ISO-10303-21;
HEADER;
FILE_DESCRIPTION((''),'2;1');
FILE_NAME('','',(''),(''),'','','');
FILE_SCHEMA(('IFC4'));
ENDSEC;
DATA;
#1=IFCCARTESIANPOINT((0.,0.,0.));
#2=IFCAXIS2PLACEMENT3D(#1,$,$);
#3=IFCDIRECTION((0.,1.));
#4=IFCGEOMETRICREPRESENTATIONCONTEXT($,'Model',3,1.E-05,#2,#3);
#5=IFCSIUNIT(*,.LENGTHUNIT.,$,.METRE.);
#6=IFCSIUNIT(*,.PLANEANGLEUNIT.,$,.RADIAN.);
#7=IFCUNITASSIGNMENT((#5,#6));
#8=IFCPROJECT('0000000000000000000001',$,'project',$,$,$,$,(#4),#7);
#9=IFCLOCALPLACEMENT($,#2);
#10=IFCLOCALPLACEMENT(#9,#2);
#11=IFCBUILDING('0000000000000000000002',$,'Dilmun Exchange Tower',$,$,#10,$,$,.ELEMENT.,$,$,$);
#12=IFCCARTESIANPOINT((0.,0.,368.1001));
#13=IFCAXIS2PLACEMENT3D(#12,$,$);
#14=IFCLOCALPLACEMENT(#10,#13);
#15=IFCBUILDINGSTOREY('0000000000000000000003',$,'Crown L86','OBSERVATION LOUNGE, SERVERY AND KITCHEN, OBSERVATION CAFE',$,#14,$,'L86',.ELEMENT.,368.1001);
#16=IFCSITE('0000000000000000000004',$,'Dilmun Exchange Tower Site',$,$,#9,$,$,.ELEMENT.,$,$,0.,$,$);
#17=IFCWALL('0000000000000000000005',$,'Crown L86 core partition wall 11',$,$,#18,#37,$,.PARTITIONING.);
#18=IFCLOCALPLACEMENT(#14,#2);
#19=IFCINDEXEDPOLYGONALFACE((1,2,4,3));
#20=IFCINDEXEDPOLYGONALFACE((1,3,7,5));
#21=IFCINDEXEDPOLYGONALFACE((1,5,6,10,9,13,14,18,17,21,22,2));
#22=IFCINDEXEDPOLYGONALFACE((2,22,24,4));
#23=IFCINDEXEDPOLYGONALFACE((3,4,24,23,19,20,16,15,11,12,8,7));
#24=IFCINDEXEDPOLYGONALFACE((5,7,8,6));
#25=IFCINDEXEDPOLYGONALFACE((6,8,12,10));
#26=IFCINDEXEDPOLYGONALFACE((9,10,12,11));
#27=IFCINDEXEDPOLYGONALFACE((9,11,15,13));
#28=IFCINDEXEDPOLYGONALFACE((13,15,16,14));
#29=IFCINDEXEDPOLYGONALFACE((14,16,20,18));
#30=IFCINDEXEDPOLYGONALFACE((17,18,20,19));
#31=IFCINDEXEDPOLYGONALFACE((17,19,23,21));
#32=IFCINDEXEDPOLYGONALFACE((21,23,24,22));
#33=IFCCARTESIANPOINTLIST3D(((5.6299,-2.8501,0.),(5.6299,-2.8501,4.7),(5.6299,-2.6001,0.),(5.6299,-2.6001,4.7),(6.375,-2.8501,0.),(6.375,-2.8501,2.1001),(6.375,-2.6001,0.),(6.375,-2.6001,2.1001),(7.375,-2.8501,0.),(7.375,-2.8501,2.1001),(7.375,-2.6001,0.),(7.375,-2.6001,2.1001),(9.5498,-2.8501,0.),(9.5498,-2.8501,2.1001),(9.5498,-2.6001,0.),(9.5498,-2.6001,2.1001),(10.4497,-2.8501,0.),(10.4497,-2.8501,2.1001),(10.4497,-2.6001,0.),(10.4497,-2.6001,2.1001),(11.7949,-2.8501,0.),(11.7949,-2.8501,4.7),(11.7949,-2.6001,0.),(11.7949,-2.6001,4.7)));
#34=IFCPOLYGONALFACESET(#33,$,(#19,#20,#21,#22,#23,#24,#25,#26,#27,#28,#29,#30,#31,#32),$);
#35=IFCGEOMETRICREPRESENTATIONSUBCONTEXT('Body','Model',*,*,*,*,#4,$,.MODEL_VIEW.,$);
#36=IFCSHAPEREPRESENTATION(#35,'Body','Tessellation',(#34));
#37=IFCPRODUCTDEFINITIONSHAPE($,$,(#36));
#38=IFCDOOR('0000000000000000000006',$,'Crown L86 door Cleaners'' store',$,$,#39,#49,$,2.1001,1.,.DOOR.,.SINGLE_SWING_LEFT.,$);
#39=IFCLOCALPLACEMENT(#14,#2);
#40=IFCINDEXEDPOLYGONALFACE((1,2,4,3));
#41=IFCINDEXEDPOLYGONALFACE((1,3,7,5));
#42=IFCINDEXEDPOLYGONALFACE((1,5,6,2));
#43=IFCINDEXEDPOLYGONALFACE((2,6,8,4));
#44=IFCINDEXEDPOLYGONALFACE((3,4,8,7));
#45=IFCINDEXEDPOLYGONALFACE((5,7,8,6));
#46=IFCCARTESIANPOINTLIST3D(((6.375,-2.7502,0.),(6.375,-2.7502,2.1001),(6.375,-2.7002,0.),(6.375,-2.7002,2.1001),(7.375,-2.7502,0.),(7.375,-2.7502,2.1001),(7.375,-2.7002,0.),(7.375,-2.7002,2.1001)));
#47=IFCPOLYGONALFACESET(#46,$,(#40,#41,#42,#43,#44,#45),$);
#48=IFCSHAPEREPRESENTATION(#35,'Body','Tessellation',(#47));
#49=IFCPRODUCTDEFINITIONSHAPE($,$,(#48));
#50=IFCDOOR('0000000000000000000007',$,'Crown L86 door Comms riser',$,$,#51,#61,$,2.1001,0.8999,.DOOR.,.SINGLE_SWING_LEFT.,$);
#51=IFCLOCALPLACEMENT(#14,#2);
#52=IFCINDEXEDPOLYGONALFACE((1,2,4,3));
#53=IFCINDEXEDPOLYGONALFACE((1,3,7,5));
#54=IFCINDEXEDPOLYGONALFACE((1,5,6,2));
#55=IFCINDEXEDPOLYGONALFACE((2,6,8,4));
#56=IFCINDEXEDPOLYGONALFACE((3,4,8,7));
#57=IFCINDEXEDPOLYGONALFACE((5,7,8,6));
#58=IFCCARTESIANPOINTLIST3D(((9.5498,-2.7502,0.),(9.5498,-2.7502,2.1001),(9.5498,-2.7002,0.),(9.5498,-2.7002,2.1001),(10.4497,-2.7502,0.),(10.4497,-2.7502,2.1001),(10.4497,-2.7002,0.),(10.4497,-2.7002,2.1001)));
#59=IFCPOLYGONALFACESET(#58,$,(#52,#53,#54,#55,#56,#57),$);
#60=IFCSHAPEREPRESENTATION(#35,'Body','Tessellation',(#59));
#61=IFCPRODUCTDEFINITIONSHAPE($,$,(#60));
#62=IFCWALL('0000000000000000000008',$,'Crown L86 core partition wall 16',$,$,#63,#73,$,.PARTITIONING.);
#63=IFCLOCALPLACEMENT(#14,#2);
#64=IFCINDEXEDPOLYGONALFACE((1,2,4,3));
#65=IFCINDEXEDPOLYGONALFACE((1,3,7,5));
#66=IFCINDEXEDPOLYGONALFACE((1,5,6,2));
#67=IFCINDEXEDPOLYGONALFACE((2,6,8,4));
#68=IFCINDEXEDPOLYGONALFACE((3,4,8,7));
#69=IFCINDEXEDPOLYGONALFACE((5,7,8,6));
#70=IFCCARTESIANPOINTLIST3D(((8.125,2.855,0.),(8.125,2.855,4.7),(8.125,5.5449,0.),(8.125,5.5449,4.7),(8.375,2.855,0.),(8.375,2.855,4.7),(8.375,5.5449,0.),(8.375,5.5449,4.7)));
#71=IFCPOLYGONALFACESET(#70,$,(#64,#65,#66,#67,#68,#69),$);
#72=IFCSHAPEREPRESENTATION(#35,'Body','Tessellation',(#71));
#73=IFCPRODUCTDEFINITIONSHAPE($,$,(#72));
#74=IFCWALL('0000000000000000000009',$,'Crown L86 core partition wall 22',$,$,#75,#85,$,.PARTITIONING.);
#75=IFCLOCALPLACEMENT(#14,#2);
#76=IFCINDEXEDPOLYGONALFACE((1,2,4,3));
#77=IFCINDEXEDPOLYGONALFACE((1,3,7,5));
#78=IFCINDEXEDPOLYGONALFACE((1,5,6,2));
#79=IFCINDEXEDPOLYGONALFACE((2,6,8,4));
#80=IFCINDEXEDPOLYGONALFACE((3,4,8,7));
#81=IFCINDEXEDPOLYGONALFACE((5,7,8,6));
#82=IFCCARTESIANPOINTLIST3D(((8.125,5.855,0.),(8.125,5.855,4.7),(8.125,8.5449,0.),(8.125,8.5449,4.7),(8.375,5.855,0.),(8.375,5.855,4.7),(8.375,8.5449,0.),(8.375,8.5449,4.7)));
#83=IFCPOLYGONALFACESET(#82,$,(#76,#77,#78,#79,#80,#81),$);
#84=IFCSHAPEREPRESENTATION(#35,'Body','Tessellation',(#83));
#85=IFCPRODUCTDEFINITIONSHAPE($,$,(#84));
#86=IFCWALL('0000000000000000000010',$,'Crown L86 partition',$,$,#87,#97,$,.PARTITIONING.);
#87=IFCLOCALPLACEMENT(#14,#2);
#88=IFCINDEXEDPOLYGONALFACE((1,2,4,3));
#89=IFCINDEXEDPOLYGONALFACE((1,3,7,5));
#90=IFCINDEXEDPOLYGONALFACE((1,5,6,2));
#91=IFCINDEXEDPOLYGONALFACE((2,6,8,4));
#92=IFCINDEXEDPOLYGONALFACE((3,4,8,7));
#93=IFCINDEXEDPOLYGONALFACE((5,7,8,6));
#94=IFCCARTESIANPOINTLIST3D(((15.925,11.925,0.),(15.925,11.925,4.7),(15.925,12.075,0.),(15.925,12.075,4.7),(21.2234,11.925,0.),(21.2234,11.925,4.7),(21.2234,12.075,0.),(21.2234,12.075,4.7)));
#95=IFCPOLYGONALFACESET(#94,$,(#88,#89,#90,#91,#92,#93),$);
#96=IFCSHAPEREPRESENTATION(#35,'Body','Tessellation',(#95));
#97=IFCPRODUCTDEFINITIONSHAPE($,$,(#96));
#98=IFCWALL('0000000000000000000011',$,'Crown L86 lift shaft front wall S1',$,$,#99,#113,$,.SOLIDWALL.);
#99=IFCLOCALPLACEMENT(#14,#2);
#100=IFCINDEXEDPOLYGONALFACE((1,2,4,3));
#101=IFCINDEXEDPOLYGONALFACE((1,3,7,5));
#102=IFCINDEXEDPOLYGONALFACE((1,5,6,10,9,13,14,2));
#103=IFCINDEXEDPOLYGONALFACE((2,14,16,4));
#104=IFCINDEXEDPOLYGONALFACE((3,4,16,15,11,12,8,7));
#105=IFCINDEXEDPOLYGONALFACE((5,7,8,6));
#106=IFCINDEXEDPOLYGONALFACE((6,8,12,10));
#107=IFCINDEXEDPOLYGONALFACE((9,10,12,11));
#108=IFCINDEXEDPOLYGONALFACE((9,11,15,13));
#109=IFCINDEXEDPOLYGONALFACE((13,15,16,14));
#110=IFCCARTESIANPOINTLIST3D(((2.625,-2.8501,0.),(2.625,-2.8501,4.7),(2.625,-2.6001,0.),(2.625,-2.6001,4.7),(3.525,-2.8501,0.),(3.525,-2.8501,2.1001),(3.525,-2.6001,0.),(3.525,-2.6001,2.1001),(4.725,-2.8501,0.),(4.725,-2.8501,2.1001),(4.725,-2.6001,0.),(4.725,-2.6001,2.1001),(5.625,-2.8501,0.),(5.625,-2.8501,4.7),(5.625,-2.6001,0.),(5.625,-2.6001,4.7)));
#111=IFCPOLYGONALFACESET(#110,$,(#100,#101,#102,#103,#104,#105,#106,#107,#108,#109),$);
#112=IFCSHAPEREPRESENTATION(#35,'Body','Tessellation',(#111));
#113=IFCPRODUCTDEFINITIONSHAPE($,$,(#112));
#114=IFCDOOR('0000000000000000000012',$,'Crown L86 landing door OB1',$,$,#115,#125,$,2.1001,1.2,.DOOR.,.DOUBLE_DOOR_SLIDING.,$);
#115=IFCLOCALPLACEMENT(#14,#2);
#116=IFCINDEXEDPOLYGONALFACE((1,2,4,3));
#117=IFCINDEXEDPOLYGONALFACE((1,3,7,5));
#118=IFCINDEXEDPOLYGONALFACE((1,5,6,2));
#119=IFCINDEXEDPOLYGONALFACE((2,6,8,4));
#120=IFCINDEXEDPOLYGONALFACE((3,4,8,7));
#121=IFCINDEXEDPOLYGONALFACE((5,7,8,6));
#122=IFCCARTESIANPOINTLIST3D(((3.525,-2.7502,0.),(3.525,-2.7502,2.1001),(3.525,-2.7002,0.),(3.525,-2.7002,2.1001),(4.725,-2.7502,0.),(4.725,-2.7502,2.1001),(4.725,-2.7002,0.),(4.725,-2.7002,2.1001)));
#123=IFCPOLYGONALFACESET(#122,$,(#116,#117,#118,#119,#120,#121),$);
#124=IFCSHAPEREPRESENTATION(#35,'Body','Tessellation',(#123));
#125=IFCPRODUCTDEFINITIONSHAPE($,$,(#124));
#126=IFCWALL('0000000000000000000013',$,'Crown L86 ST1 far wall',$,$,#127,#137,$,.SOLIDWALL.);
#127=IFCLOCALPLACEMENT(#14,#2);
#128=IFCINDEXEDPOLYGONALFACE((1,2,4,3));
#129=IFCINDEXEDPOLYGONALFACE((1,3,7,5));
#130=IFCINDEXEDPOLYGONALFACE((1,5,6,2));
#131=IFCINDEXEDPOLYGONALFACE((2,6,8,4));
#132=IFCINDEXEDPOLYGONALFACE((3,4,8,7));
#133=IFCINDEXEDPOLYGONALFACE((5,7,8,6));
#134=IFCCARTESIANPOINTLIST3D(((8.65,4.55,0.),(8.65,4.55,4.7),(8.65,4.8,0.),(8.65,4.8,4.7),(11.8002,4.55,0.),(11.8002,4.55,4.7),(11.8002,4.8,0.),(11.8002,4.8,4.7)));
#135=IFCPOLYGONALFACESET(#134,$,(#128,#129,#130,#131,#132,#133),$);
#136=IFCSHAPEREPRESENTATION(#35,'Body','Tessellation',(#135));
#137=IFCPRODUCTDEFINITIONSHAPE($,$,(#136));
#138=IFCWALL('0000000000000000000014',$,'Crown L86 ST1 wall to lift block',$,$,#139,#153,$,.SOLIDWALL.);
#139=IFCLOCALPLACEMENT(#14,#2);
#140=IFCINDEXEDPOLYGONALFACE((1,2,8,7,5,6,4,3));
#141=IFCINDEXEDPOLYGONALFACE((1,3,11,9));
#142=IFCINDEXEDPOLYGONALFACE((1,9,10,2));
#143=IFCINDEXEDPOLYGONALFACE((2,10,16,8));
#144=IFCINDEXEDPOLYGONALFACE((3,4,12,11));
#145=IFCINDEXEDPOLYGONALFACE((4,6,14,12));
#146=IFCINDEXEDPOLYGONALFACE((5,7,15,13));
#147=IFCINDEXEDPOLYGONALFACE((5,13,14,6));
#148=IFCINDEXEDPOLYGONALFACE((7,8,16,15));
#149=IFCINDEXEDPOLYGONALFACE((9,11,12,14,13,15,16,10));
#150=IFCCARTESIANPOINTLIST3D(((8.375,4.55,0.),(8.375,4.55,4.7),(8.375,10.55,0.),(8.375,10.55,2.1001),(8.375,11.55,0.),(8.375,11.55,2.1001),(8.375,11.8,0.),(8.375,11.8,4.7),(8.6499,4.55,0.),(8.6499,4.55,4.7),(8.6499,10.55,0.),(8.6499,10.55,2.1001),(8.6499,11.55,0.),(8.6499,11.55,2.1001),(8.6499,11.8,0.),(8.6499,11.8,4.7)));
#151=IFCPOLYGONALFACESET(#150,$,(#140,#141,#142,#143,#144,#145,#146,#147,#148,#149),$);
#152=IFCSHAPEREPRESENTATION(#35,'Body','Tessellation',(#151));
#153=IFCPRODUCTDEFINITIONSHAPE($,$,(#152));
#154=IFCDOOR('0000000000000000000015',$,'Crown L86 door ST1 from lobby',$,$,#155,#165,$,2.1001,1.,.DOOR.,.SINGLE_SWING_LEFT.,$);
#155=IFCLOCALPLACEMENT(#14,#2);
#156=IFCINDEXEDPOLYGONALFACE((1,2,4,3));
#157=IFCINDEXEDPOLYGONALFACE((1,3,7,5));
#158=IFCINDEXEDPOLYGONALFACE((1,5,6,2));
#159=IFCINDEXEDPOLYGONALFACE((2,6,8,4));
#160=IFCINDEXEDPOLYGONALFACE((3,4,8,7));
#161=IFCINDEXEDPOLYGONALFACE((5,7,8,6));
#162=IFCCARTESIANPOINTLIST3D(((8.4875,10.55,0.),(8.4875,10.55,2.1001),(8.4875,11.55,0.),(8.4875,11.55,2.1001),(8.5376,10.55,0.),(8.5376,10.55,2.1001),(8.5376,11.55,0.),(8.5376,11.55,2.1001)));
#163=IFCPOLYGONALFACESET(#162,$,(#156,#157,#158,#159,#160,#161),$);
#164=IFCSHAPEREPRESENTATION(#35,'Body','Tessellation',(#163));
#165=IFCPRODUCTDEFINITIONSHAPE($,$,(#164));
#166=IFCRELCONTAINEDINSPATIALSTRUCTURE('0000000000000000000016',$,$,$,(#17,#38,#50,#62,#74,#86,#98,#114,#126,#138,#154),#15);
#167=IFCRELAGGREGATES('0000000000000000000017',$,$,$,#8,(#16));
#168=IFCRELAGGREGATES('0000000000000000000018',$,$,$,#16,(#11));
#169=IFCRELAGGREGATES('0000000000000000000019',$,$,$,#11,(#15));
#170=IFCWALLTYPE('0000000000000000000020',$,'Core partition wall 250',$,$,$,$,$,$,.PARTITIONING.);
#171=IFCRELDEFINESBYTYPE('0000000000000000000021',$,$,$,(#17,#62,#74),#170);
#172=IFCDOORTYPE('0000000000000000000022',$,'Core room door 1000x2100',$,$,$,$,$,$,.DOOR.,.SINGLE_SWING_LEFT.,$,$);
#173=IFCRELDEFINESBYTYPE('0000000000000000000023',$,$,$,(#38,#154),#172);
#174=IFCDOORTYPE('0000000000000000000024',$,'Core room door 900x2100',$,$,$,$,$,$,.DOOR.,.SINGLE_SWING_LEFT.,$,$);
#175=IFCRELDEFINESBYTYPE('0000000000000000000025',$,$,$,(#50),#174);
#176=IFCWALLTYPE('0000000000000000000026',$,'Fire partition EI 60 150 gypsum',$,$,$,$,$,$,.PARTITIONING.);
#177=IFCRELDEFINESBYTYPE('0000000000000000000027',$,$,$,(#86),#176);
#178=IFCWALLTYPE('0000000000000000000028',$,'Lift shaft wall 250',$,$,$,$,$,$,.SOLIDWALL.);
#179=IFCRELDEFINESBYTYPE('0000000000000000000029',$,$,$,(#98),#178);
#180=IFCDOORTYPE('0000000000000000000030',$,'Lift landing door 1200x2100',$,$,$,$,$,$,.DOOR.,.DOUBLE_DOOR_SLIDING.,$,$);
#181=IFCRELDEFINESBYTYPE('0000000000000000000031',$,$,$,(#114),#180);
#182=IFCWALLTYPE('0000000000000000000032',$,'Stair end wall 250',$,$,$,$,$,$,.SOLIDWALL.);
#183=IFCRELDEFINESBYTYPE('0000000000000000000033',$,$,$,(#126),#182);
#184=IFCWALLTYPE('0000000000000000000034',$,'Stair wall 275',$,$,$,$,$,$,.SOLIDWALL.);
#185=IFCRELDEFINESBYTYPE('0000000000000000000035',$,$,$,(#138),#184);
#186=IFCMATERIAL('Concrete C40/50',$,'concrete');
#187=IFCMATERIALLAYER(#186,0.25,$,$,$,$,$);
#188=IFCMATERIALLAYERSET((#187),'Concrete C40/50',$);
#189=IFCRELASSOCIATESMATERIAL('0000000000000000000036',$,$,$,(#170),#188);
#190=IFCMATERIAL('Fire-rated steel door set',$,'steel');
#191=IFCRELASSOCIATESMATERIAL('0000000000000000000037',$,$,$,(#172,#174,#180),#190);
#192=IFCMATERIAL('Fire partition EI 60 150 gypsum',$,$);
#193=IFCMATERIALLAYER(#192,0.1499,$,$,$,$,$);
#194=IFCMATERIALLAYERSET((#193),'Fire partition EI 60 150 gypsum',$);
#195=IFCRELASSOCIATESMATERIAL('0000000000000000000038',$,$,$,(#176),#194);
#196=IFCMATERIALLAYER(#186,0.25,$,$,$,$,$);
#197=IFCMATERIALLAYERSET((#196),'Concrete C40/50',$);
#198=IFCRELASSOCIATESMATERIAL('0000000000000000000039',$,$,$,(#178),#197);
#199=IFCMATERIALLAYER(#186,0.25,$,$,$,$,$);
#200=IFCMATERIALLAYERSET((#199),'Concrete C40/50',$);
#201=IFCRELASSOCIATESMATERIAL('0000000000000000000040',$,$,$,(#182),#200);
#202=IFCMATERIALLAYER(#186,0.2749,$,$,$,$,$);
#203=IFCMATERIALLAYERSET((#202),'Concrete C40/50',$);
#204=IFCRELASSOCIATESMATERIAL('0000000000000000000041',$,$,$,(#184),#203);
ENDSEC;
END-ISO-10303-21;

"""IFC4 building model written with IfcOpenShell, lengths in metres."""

from ifc_helpers import new_model, si_unit, direction, frame, frame_2d, origin, place, context, subcontext, project, spatial, rectangle, extrude, material, layer, layer_set, type_object, element, fill, save


model = new_model("IFC4")

# Units and contexts
model_context = context("Model", 3, precision=1e-05, world=origin(), true_north=direction((0.0, 1.0)))
body_context = subcontext(model_context, "Body", "Model", "MODEL_VIEW")
ifc_project = project(units=[si_unit("LENGTHUNIT", "METRE"), si_unit("PLANEANGLEUNIT", "RADIAN")], contexts=[model_context])

# Site, building, storey
site_placement = place(None, origin())
site = spatial("IfcSite", under=ifc_project, at=site_placement, Name="Dilmun Exchange Tower Site", CompositionType="ELEMENT", RefElevation=0.0)
building_placement = place(site_placement, origin())
building = spatial("IfcBuilding", under=site, at=building_placement, Name="Dilmun Exchange Tower", CompositionType="ELEMENT")
storey_placement = place(building_placement, frame((0.0, 0.0, 368.1001)))
storey = spatial("IfcBuildingStorey", under=building, at=storey_placement, Name="Crown L86", Description="OBSERVATION LOUNGE, SERVERY AND KITCHEN, OBSERVATION CAFE", LongName="L86", CompositionType="ELEMENT", Elevation=368.1001)

# Shared definitions
ifc_material_1 = material(Name="Concrete C40/50", Category="concrete")

# Shared definitions
ifc_material_2 = material(Name="Fire-rated steel door set", Category="steel")

# Wall, openings, doors
ifc_layer_1 = layer(ifc_material_1, 0.25)
ifc_layer_set_1 = layer_set([ifc_layer_1], Name="Concrete C40/50")
wall_type_1 = type_object("IfcWallType", Name="Core partition wall 250", PredefinedType="PARTITIONING", material=ifc_layer_set_1)
wall_1_placement = place(storey_placement, frame((5.6299, -2.7251, 0.0), z_axis=(0.0, 0.0, 1.0), x_axis=(1.0, 0.0, 0.0)))
wall_1 = element("IfcWall", 1, at=wall_1_placement, inside=storey, type_object=wall_type_1, Name="Crown L86 core partition wall 11", PredefinedType="PARTITIONING", context=body_context, shape_type="SweptSolid", body=[
    extrude(rectangle(XDim=6.165, YDim=0.25, at=frame_2d((3.0825, 0.0))), origin(), (0.0, 0.0, 1.0), 4.7),
])
opening_1_placement = place(wall_1_placement, frame((0.7451, 0.0, 0.0)))
opening_1 = element("IfcOpeningElement", 2, at=opening_1_placement, cuts=wall_1, PredefinedType="OPENING", context=body_context, shape_type="SweptSolid", body=[
    extrude(rectangle(XDim=1.0, YDim=2.1001, at=frame_2d((0.5, 1.05))), frame((0.0, 0.135, 0.0), z_axis=(0.0, -1.0, 0.0), x_axis=(1.0, 0.0, 0.0)), (0.0, 0.0, 1.0), 0.27),
])
opening_2_placement = place(wall_1_placement, frame((3.9199, 0.0, 0.0)))
opening_2 = element("IfcOpeningElement", 3, at=opening_2_placement, cuts=wall_1, PredefinedType="OPENING", context=body_context, shape_type="SweptSolid", body=[
    extrude(rectangle(XDim=0.8999, YDim=2.1001, at=frame_2d((0.45, 1.05))), frame((0.0, 0.135, 0.0), z_axis=(0.0, -1.0, 0.0), x_axis=(1.0, 0.0, 0.0)), (0.0, 0.0, 1.0), 0.27),
])
door_type_1 = type_object("IfcDoorType", Name="Core room door 1000x2100", OperationType="SINGLE_SWING_LEFT", PredefinedType="DOOR", material=ifc_material_2)
door_1_placement = place(opening_1_placement, origin())
door_1 = element("IfcDoor", 4, at=door_1_placement, inside=storey, type_object=door_type_1, Name="Crown L86 door Cleaners' store", OperationType="SINGLE_SWING_LEFT", OverallHeight=2.1001, OverallWidth=1.0, PredefinedType="DOOR", context=body_context, shape_type="SweptSolid", body=[
    extrude(rectangle(XDim=1.0, YDim=2.1001, at=frame_2d((0.5, 1.05))), frame((0.0, 0.0249, 0.0), z_axis=(0.0, -1.0, 0.0), x_axis=(1.0, 0.0, 0.0)), (0.0, 0.0, 1.0), 0.05),
])
fill(opening_1, door_1)
door_type_2 = type_object("IfcDoorType", Name="Core room door 900x2100", OperationType="SINGLE_SWING_LEFT", PredefinedType="DOOR", material=ifc_material_2)
door_2_placement = place(opening_2_placement, origin())
door_2 = element("IfcDoor", 5, at=door_2_placement, inside=storey, type_object=door_type_2, Name="Crown L86 door Comms riser", OperationType="SINGLE_SWING_LEFT", OverallHeight=2.1001, OverallWidth=0.8999, PredefinedType="DOOR", context=body_context, shape_type="SweptSolid", body=[
    extrude(rectangle(XDim=0.8999, YDim=2.1001, at=frame_2d((0.45, 1.05))), frame((0.0, 0.0249, 0.0), z_axis=(0.0, -1.0, 0.0), x_axis=(1.0, 0.0, 0.0)), (0.0, 0.0, 1.0), 0.05),
])
fill(opening_2, door_2)

# Walls
for number, where, z_axis, x_axis, name in (
    (6, (8.25, 2.855, 0.0), (0.0, 0.0, 1.0), (0.0, 1.0, 0.0), "Crown L86 core partition wall 16"),
    (7, (8.25, 5.855, 0.0), (0.0, 0.0, 1.0), (0.0, 1.0, 0.0), "Crown L86 core partition wall 22"),
):
    element("IfcWall", number, at=place(storey_placement, frame(where, z_axis=z_axis, x_axis=x_axis)), inside=storey, type_object=wall_type_1, Name=name, PredefinedType="PARTITIONING", context=body_context, shape_type="SweptSolid", body=[
        extrude(rectangle(XDim=2.6899, YDim=0.25, at=frame_2d((1.345, 0.0))), origin(), (0.0, 0.0, 1.0), 4.7),
    ])
ifc_material_3 = material(Name="Fire partition EI 60 150 gypsum")
ifc_layer_2 = layer(ifc_material_3, 0.1499)
ifc_layer_set_2 = layer_set([ifc_layer_2], Name="Fire partition EI 60 150 gypsum")
wall_type_2 = type_object("IfcWallType", Name="Fire partition EI 60 150 gypsum", PredefinedType="PARTITIONING", material=ifc_layer_set_2)
wall_2_placement = place(storey_placement, frame((15.925, 12.0, 0.0), z_axis=(0.0, 0.0, 1.0), x_axis=(1.0, 0.0, 0.0)))
element("IfcWall", 8, at=wall_2_placement, inside=storey, type_object=wall_type_2, Name="Crown L86 partition", PredefinedType="PARTITIONING", context=body_context, shape_type="SweptSolid", body=[
    extrude(rectangle(XDim=5.2983, YDim=0.1499, at=frame_2d((2.6492, 0.0))), origin(), (0.0, 0.0, 1.0), 4.7),
])

# Wall, opening, door
ifc_layer_3 = layer(ifc_material_1, 0.25)
ifc_layer_set_3 = layer_set([ifc_layer_3], Name="Concrete C40/50")
wall_type_3 = type_object("IfcWallType", Name="Lift shaft wall 250", PredefinedType="SOLIDWALL", material=ifc_layer_set_3)
wall_3_placement = place(storey_placement, frame((2.625, -2.7251, 0.0), z_axis=(0.0, 0.0, 1.0), x_axis=(1.0, 0.0, 0.0)))
wall_3 = element("IfcWall", 9, at=wall_3_placement, inside=storey, type_object=wall_type_3, Name="Crown L86 lift shaft front wall S1", PredefinedType="SOLIDWALL", context=body_context, shape_type="SweptSolid", body=[
    extrude(rectangle(XDim=3.0, YDim=0.25, at=frame_2d((1.5, 0.0))), origin(), (0.0, 0.0, 1.0), 4.7),
])
opening_3_placement = place(wall_3_placement, frame((0.8999, 0.0, 0.0)))
opening_3 = element("IfcOpeningElement", 10, at=opening_3_placement, cuts=wall_3, PredefinedType="OPENING", context=body_context, shape_type="SweptSolid", body=[
    extrude(rectangle(XDim=1.2, YDim=2.1001, at=frame_2d((0.6001, 1.05))), frame((0.0, 0.135, 0.0), z_axis=(0.0, -1.0, 0.0), x_axis=(1.0, 0.0, 0.0)), (0.0, 0.0, 1.0), 0.27),
])
door_type_3 = type_object("IfcDoorType", Name="Lift landing door 1200x2100", OperationType="DOUBLE_DOOR_SLIDING", PredefinedType="DOOR", material=ifc_material_2)
door_3_placement = place(opening_3_placement, origin())
door_3 = element("IfcDoor", 11, at=door_3_placement, inside=storey, type_object=door_type_3, Name="Crown L86 landing door OB1", OperationType="DOUBLE_DOOR_SLIDING", OverallHeight=2.1001, OverallWidth=1.2, PredefinedType="DOOR", context=body_context, shape_type="SweptSolid", body=[
    extrude(rectangle(XDim=1.2, YDim=2.1001, at=frame_2d((0.6001, 1.05))), frame((0.0, 0.0249, 0.0), z_axis=(0.0, -1.0, 0.0), x_axis=(1.0, 0.0, 0.0)), (0.0, 0.0, 1.0), 0.05),
])
fill(opening_3, door_3)

# Wall
ifc_layer_4 = layer(ifc_material_1, 0.25)
ifc_layer_set_4 = layer_set([ifc_layer_4], Name="Concrete C40/50")
wall_type_4 = type_object("IfcWallType", Name="Stair end wall 250", PredefinedType="SOLIDWALL", material=ifc_layer_set_4)
wall_4_placement = place(storey_placement, frame((8.6499, 4.675, 0.0), z_axis=(0.0, 0.0, 1.0), x_axis=(1.0, 0.0, 0.0)))
element("IfcWall", 12, at=wall_4_placement, inside=storey, type_object=wall_type_4, Name="Crown L86 ST1 far wall", PredefinedType="SOLIDWALL", context=body_context, shape_type="SweptSolid", body=[
    extrude(rectangle(XDim=3.1501, YDim=0.25, at=frame_2d((1.5752, 0.0))), origin(), (0.0, 0.0, 1.0), 4.7),
])

# Wall, opening, door
ifc_layer_5 = layer(ifc_material_1, 0.2749)
ifc_layer_set_5 = layer_set([ifc_layer_5], Name="Concrete C40/50")
wall_type_5 = type_object("IfcWallType", Name="Stair wall 275", PredefinedType="SOLIDWALL", material=ifc_layer_set_5)
wall_5_placement = place(storey_placement, frame((8.5125, 4.55, 0.0), z_axis=(0.0, 0.0, 1.0), x_axis=(0.0, 1.0, 0.0)))
wall_5 = element("IfcWall", 13, at=wall_5_placement, inside=storey, type_object=wall_type_5, Name="Crown L86 ST1 wall to lift block", PredefinedType="SOLIDWALL", context=body_context, shape_type="SweptSolid", body=[
    extrude(rectangle(XDim=7.25, YDim=0.2749, at=frame_2d((3.625, 0.0))), origin(), (0.0, 0.0, 1.0), 4.7),
])
opening_4_placement = place(wall_5_placement, frame((6.0, 0.0, 0.0)))
opening_4 = element("IfcOpeningElement", 14, at=opening_4_placement, cuts=wall_5, PredefinedType="OPENING", context=body_context, shape_type="SweptSolid", body=[
    extrude(rectangle(XDim=1.0, YDim=2.1001, at=frame_2d((0.5, 1.05))), frame((0.0, 0.1475, 0.0), z_axis=(0.0, -1.0, 0.0), x_axis=(1.0, 0.0, 0.0)), (0.0, 0.0, 1.0), 0.2949),
])
door_4_placement = place(opening_4_placement, origin())
door_4 = element("IfcDoor", 15, at=door_4_placement, inside=storey, type_object=door_type_1, Name="Crown L86 door ST1 from lobby", OperationType="SINGLE_SWING_LEFT", OverallHeight=2.1001, OverallWidth=1.0, PredefinedType="DOOR", context=body_context, shape_type="SweptSolid", body=[
    extrude(rectangle(XDim=1.0, YDim=2.1001, at=frame_2d((0.5, 1.05))), frame((0.0, 0.0249, 0.0), z_axis=(0.0, -1.0, 0.0), x_axis=(1.0, 0.0, 0.0)), (0.0, 0.0, 1.0), 0.05),
])
fill(opening_4, door_4)

save(model, "model.ifc")
